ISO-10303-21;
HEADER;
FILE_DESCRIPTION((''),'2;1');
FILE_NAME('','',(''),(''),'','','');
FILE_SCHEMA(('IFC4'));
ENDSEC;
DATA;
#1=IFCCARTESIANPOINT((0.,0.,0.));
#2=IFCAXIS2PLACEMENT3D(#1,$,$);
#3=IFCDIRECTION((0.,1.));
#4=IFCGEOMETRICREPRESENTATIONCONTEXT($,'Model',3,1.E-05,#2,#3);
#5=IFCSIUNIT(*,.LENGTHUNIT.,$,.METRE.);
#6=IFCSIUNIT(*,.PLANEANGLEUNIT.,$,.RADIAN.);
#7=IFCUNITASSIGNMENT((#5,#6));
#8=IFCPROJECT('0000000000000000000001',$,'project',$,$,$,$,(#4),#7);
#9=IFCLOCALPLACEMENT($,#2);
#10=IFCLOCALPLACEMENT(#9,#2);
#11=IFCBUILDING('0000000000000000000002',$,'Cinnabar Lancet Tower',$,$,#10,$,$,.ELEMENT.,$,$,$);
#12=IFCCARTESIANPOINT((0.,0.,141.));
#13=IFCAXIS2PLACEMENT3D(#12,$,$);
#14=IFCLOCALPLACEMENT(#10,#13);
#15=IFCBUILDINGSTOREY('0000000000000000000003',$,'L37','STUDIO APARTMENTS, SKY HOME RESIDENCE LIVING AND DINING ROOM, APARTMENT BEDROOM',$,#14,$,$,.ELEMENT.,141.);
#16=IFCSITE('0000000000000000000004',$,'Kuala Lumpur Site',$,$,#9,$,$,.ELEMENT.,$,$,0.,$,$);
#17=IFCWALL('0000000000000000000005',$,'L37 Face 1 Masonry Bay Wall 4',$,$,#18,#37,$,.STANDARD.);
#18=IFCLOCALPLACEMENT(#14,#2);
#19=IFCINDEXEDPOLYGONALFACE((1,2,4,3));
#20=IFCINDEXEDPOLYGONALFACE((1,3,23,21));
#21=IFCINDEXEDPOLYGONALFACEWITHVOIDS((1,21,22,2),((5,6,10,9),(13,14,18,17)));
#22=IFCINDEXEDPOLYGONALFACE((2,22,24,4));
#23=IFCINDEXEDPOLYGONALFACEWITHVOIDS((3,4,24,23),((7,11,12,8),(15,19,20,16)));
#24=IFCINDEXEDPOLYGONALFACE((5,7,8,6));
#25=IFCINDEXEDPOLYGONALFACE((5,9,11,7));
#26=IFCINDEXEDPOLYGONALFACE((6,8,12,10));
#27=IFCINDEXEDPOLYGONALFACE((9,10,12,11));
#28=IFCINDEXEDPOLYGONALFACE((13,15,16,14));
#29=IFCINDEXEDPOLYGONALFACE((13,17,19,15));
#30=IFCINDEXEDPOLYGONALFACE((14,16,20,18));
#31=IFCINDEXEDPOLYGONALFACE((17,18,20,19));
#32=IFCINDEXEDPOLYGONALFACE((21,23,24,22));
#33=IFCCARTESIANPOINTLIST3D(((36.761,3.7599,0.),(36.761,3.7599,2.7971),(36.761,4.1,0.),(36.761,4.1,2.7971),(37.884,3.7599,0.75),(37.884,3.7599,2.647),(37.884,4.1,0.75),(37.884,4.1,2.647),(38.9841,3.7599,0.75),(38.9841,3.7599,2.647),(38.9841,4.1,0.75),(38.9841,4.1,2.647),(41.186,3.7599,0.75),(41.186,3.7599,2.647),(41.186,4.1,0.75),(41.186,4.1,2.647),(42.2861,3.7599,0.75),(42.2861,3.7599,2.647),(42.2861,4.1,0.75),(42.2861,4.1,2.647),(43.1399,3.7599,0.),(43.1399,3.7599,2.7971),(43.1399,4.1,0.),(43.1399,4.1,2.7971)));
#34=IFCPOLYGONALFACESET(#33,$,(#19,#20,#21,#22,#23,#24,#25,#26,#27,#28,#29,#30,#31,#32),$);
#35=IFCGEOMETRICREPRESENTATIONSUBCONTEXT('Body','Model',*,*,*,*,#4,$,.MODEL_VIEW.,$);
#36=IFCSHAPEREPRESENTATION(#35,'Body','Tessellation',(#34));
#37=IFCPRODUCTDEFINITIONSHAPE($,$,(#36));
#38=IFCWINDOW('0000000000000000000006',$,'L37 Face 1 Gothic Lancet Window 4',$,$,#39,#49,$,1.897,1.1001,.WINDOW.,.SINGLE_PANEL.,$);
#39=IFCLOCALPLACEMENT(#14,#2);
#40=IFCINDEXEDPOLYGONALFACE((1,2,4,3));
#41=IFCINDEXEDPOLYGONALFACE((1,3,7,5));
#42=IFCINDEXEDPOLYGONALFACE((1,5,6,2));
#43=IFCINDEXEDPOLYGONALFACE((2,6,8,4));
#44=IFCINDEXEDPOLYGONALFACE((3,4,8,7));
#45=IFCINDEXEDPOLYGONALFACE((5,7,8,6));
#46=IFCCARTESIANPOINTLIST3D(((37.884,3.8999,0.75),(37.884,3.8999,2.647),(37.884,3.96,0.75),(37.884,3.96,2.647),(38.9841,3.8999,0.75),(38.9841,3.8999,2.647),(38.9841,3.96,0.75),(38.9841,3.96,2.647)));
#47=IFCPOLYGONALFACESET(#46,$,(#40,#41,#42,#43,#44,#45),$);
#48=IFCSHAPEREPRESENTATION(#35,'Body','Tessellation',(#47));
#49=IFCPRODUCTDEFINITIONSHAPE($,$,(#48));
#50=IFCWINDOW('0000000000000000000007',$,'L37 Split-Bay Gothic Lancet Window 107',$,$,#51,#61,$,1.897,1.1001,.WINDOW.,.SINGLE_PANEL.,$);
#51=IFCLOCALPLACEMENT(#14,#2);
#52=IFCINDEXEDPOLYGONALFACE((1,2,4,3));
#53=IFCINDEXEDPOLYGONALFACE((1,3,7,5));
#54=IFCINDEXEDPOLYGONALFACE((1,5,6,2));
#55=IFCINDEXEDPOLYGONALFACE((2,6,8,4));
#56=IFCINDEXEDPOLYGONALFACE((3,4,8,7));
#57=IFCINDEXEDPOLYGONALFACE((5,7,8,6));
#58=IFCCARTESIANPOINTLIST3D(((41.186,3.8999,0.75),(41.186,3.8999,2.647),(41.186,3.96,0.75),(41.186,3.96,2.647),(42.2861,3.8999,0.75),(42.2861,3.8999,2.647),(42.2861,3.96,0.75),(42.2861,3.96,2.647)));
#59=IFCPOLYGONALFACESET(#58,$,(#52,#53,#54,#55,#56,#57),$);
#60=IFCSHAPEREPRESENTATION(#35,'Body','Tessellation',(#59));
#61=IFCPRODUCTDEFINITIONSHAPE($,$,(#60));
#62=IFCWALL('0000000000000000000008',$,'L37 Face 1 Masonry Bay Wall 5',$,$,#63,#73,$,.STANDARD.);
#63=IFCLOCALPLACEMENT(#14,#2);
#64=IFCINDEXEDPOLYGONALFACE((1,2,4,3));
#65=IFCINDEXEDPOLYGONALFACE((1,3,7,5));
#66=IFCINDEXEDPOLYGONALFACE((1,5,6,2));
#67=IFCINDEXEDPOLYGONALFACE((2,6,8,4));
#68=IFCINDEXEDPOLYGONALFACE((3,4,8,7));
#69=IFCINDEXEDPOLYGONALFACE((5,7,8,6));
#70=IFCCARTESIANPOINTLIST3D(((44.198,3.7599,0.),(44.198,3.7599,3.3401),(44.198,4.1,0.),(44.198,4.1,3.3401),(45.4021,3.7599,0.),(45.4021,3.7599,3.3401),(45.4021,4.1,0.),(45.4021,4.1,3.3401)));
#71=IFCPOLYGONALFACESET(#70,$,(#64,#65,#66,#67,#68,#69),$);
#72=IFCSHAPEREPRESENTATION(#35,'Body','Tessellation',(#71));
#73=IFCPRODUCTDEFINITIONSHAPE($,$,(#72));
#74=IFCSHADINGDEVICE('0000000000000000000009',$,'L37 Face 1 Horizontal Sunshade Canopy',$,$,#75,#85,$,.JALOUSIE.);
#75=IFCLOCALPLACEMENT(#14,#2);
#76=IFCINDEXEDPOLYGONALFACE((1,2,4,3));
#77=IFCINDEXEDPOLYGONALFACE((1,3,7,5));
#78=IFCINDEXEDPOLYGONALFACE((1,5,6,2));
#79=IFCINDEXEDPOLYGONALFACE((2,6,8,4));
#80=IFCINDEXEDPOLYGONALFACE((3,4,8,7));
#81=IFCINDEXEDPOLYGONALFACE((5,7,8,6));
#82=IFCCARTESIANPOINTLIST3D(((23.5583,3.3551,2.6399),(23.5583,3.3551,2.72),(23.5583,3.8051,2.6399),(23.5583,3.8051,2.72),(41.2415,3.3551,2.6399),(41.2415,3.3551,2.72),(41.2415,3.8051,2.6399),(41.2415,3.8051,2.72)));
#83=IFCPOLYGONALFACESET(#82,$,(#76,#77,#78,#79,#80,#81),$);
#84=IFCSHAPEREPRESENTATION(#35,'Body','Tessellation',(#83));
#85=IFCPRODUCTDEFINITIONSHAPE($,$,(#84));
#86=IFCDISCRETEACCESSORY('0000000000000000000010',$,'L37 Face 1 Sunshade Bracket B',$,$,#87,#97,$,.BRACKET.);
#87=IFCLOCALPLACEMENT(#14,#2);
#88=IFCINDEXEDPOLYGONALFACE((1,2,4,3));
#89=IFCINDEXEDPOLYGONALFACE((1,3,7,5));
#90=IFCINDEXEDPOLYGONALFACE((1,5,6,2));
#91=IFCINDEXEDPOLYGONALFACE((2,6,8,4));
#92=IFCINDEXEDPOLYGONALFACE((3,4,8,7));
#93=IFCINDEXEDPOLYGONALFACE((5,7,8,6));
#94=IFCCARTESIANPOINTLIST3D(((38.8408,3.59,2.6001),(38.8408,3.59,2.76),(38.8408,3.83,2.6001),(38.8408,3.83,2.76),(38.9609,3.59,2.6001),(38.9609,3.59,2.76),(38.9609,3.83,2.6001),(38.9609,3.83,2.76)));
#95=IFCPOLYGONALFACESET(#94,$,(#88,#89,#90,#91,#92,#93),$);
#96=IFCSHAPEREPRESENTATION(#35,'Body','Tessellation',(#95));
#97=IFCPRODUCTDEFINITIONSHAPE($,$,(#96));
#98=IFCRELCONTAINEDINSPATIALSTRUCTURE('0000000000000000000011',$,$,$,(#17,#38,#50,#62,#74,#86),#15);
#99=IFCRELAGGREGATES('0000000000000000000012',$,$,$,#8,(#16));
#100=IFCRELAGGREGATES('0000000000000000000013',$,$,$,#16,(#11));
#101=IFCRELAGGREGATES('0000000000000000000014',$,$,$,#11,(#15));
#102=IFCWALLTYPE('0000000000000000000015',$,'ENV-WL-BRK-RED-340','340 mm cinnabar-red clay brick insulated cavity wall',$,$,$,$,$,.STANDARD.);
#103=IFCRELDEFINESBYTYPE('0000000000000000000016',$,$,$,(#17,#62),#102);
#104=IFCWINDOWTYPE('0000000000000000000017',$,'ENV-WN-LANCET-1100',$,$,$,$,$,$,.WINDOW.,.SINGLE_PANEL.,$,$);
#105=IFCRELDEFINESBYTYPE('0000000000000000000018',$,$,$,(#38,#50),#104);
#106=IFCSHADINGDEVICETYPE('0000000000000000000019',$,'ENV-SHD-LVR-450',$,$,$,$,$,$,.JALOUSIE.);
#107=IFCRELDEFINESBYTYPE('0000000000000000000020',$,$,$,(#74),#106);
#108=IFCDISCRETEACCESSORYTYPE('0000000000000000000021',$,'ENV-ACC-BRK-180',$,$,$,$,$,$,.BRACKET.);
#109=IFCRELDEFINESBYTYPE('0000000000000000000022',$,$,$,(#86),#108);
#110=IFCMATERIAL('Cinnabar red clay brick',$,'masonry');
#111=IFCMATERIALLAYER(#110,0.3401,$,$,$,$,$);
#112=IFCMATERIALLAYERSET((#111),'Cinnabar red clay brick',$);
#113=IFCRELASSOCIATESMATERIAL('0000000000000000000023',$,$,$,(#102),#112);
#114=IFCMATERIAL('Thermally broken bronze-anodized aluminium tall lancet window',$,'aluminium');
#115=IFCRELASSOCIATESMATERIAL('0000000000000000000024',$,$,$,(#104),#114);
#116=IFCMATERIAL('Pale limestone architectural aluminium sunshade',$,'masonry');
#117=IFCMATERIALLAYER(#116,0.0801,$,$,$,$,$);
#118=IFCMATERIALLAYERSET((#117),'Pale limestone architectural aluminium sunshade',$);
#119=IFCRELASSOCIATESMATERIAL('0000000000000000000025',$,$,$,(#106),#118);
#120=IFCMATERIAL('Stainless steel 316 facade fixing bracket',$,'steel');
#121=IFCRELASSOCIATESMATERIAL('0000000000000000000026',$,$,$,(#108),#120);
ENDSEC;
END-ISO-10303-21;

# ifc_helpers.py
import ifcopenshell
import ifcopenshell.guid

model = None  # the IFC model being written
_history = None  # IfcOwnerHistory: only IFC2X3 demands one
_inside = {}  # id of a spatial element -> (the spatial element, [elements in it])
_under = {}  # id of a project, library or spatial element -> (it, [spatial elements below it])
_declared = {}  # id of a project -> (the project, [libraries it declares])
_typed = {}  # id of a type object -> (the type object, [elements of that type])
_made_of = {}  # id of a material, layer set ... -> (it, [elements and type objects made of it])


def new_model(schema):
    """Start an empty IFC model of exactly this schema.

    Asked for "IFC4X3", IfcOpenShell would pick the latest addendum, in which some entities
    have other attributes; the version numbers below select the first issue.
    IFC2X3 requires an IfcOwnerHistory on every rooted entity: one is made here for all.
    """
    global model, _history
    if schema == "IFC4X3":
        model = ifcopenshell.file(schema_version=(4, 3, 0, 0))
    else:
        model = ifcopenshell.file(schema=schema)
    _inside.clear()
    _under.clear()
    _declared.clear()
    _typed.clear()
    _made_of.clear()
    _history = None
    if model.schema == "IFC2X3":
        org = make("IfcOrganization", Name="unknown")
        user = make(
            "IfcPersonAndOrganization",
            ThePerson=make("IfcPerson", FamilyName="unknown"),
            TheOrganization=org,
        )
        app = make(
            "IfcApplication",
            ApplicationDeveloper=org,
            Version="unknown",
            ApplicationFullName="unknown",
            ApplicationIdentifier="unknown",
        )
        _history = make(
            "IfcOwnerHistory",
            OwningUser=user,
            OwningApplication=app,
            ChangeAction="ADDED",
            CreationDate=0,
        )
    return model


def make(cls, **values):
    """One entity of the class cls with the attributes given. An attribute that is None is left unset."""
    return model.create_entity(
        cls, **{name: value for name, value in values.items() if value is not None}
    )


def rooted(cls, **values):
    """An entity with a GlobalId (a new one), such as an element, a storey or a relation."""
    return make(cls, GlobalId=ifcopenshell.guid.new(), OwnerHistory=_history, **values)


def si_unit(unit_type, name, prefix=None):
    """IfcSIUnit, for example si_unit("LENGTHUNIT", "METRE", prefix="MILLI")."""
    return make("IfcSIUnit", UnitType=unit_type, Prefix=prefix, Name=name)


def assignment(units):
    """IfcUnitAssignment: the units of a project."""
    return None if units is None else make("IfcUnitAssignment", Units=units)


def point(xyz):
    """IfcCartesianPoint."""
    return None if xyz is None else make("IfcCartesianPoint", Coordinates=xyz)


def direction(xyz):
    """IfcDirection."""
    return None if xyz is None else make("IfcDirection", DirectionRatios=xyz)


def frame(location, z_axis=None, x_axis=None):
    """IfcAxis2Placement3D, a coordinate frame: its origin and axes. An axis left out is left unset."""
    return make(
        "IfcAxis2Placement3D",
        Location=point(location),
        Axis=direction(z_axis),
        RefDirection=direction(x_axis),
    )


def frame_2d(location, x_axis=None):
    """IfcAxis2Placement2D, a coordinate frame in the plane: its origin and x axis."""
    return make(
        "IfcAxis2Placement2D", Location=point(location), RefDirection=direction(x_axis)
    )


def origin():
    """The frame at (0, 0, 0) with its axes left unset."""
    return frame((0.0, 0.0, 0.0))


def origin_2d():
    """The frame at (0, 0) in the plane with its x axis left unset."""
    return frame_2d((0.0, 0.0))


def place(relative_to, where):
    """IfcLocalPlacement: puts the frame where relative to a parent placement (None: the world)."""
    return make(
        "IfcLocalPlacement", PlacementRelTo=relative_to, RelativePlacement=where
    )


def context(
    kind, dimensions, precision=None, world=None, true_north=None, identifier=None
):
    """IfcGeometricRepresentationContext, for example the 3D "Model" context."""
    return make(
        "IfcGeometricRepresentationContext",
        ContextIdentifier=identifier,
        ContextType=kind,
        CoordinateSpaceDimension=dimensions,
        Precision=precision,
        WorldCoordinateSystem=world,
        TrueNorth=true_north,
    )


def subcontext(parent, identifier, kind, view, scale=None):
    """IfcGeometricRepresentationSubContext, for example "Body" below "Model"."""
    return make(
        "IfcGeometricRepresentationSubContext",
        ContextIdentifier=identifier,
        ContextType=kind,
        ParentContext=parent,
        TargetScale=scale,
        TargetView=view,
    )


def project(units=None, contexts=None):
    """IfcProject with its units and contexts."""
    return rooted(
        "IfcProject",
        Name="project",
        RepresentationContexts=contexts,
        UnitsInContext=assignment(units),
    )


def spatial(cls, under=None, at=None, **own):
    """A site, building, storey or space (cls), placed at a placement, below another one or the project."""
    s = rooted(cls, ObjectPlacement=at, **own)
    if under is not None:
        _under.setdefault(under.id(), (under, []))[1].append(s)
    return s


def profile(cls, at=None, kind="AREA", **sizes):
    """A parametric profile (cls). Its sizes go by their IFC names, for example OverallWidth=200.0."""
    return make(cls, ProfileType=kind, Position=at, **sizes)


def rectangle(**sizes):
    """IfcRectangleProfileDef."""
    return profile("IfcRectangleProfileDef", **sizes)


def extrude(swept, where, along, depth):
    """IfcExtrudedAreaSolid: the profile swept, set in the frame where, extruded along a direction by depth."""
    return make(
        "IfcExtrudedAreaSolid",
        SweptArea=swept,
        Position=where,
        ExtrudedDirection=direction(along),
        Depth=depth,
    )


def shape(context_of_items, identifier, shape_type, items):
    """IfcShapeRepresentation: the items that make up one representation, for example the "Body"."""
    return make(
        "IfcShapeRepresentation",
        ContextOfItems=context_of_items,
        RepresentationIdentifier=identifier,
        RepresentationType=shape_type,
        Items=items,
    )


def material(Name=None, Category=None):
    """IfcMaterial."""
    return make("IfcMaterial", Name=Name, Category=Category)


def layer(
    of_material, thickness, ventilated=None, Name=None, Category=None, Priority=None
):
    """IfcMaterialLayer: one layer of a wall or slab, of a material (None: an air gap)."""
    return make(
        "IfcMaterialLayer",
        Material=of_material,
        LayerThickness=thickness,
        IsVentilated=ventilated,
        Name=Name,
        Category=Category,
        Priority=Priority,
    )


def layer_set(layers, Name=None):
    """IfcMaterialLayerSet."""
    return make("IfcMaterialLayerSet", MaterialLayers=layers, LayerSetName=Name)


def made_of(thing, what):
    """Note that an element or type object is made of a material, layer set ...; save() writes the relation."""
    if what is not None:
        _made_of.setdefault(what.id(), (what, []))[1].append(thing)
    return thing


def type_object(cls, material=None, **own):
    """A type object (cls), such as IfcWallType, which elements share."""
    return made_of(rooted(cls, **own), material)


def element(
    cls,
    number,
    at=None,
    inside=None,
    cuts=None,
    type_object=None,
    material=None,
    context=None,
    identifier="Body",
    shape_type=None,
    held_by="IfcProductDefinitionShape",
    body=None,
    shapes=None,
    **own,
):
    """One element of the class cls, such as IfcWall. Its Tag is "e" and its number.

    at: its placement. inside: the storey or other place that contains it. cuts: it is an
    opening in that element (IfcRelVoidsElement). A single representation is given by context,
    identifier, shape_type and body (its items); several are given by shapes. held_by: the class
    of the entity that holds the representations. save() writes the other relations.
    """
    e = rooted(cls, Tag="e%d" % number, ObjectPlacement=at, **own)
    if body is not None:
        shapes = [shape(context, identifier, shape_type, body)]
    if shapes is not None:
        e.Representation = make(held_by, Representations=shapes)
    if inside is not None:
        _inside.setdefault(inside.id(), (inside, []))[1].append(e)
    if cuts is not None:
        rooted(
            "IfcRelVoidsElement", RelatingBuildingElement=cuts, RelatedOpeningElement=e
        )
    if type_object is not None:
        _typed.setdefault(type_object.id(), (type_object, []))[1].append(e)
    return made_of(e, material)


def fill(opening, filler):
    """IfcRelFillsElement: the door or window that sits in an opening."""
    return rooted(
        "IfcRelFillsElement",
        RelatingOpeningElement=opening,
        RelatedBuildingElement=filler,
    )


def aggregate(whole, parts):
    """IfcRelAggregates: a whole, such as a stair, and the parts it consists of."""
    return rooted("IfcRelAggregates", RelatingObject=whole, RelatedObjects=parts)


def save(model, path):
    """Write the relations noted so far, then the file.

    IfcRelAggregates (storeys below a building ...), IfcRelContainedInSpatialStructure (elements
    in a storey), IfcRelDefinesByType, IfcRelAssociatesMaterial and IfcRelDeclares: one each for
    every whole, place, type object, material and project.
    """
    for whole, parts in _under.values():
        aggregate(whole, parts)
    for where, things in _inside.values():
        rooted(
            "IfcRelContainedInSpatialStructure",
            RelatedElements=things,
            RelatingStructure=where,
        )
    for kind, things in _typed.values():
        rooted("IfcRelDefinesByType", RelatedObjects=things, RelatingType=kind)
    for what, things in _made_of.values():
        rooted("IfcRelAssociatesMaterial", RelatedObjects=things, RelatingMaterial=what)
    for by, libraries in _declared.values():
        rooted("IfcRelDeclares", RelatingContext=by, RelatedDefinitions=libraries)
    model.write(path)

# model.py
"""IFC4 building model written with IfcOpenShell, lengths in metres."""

from ifc_helpers import new_model, si_unit, direction, frame, frame_2d, origin, origin_2d, place, context, subcontext, project, spatial, rectangle, extrude, material, layer, layer_set, type_object, element, fill, save


model = new_model("IFC4")

# Units and contexts
model_context = context("Model", 3, precision=1e-05, world=origin(), true_north=direction((0.0, 1.0)))
body_context = subcontext(model_context, "Body", "Model", "MODEL_VIEW")
ifc_project = project(units=[si_unit("LENGTHUNIT", "METRE"), si_unit("PLANEANGLEUNIT", "RADIAN")], contexts=[model_context])

# Site, building, storey
site_placement = place(None, origin())
site = spatial("IfcSite", under=ifc_project, at=site_placement, Name="Kuala Lumpur Site", CompositionType="ELEMENT", RefElevation=0.0)
building_placement = place(site_placement, origin())
building = spatial("IfcBuilding", under=site, at=building_placement, Name="Cinnabar Lancet Tower", CompositionType="ELEMENT")
storey_placement = place(building_placement, frame((0.0, 0.0, 141.0)))
storey = spatial("IfcBuildingStorey", under=building, at=storey_placement, Name="L37", Description="STUDIO APARTMENTS, SKY HOME RESIDENCE LIVING AND DINING ROOM, APARTMENT BEDROOM", CompositionType="ELEMENT", Elevation=141.0)

# Wall, openings, windows
ifc_material_1 = material(Name="Cinnabar red clay brick", Category="masonry")
ifc_layer_1 = layer(ifc_material_1, 0.3401)
ifc_layer_set_1 = layer_set([ifc_layer_1], Name="Cinnabar red clay brick")
wall_type_1 = type_object("IfcWallType", Name="ENV-WL-BRK-RED-340", Description="340 mm cinnabar-red clay brick insulated cavity wall", PredefinedType="STANDARD", material=ifc_layer_set_1)
wall_1_placement = place(storey_placement, frame((36.761, 3.9299, 0.0), z_axis=(0.0, 0.0, 1.0), x_axis=(1.0, 0.0, 0.0)))
wall_1 = element("IfcWall", 1, at=wall_1_placement, inside=storey, type_object=wall_type_1, Name="L37 Face 1 Masonry Bay Wall 4", PredefinedType="STANDARD", context=body_context, shape_type="SweptSolid", body=[
    extrude(rectangle(XDim=6.3789, YDim=0.3401, at=frame_2d((3.1895, 0.0))), origin(), (0.0, 0.0, 1.0), 2.7971),
])
opening_1_placement = place(wall_1_placement, frame((1.123, 0.0, 0.75)))
opening_1 = element("IfcOpeningElement", 2, at=opening_1_placement, cuts=wall_1, PredefinedType="OPENING", context=body_context, shape_type="SweptSolid", body=[
    extrude(rectangle(XDim=1.1001, YDim=1.897, at=frame_2d((0.55, 0.9485))), frame((0.0, 0.1799, 0.0), z_axis=(0.0, -1.0, 0.0), x_axis=(1.0, 0.0, 0.0)), (0.0, 0.0, 1.0), 0.3601),
])
opening_2_placement = place(wall_1_placement, frame((4.425, 0.0, 0.75)))
opening_2 = element("IfcOpeningElement", 3, at=opening_2_placement, cuts=wall_1, PredefinedType="OPENING", context=body_context, shape_type="SweptSolid", body=[
    extrude(rectangle(XDim=1.1001, YDim=1.897, at=frame_2d((0.55, 0.9485))), frame((0.0, 0.1799, 0.0), z_axis=(0.0, -1.0, 0.0), x_axis=(1.0, 0.0, 0.0)), (0.0, 0.0, 1.0), 0.3601),
])
ifc_material_2 = material(Name="Thermally broken bronze-anodized aluminium tall lancet window", Category="aluminium")
window_type = type_object("IfcWindowType", Name="ENV-WN-LANCET-1100", PartitioningType="SINGLE_PANEL", PredefinedType="WINDOW", material=ifc_material_2)
window_1_placement = place(opening_1_placement, origin())
window_1 = element("IfcWindow", 4, at=window_1_placement, inside=storey, type_object=window_type, Name="L37 Face 1 Gothic Lancet Window 4", OverallHeight=1.897, OverallWidth=1.1001, PartitioningType="SINGLE_PANEL", PredefinedType="WINDOW", context=body_context, shape_type="SweptSolid", body=[
    extrude(rectangle(XDim=1.1001, YDim=1.897, at=frame_2d((0.55, 0.9485))), frame((0.0, 0.03, 0.0), z_axis=(0.0, -1.0, 0.0), x_axis=(1.0, 0.0, 0.0)), (0.0, 0.0, 1.0), 0.0601),
])
fill(opening_1, window_1)
window_2_placement = place(opening_2_placement, origin())
window_2 = element("IfcWindow", 5, at=window_2_placement, inside=storey, type_object=window_type, Name="L37 Split-Bay Gothic Lancet Window 107", OverallHeight=1.897, OverallWidth=1.1001, PartitioningType="SINGLE_PANEL", PredefinedType="WINDOW", context=body_context, shape_type="SweptSolid", body=[
    extrude(rectangle(XDim=1.1001, YDim=1.897, at=frame_2d((0.55, 0.9485))), frame((0.0, 0.03, 0.0), z_axis=(0.0, -1.0, 0.0), x_axis=(1.0, 0.0, 0.0)), (0.0, 0.0, 1.0), 0.0601),
])
fill(opening_2, window_2)

# Wall
wall_2_placement = place(storey_placement, frame((44.198, 3.9299, 0.0), z_axis=(0.0, 0.0, 1.0), x_axis=(1.0, 0.0, 0.0)))
element("IfcWall", 6, at=wall_2_placement, inside=storey, type_object=wall_type_1, Name="L37 Face 1 Masonry Bay Wall 5", PredefinedType="STANDARD", context=body_context, shape_type="SweptSolid", body=[
    extrude(rectangle(XDim=1.2041, YDim=0.3401, at=frame_2d((0.6021, 0.0))), origin(), (0.0, 0.0, 1.0), 3.3401),
])

# Shading device
ifc_material_3 = material(Name="Pale limestone architectural aluminium sunshade", Category="masonry")
ifc_layer_2 = layer(ifc_material_3, 0.0801)
ifc_layer_set_2 = layer_set([ifc_layer_2], Name="Pale limestone architectural aluminium sunshade")
shading_device_type = type_object("IfcShadingDeviceType", Name="ENV-SHD-LVR-450", PredefinedType="JALOUSIE", material=ifc_layer_set_2)
shading_device_placement = place(storey_placement, frame((32.3999, 3.5801, 2.6399), z_axis=(0.0, 0.0, 1.0), x_axis=(1.0, 0.0, 0.0)))
element("IfcShadingDevice", 7, at=shading_device_placement, inside=storey, type_object=shading_device_type, Name="L37 Face 1 Horizontal Sunshade Canopy", PredefinedType="JALOUSIE", context=body_context, shape_type="SweptSolid", body=[
    extrude(rectangle(XDim=17.6831, YDim=0.45, at=origin_2d()), origin(), (0.0, 0.0, 1.0), 0.0801),
])

# Discrete accessory
ifc_material_4 = material(Name="Stainless steel 316 facade fixing bracket", Category="steel")
discrete_accessory_type = type_object("IfcDiscreteAccessoryType", Name="ENV-ACC-BRK-180", PredefinedType="BRACKET", material=ifc_material_4)
discrete_accessory_placement = place(storey_placement, frame((38.9009, 3.71, 2.6001), z_axis=(0.0, 0.0, 1.0), x_axis=(1.0, 0.0, 0.0)))
element("IfcDiscreteAccessory", 8, at=discrete_accessory_placement, inside=storey, type_object=discrete_accessory_type, Name="L37 Face 1 Sunshade Bracket B", PredefinedType="BRACKET", context=body_context, shape_type="SweptSolid", body=[
    extrude(rectangle(XDim=0.1201, YDim=0.24, at=origin_2d()), origin(), (0.0, 0.0, 1.0), 0.1599),
])

save(model, "model.ifc")
